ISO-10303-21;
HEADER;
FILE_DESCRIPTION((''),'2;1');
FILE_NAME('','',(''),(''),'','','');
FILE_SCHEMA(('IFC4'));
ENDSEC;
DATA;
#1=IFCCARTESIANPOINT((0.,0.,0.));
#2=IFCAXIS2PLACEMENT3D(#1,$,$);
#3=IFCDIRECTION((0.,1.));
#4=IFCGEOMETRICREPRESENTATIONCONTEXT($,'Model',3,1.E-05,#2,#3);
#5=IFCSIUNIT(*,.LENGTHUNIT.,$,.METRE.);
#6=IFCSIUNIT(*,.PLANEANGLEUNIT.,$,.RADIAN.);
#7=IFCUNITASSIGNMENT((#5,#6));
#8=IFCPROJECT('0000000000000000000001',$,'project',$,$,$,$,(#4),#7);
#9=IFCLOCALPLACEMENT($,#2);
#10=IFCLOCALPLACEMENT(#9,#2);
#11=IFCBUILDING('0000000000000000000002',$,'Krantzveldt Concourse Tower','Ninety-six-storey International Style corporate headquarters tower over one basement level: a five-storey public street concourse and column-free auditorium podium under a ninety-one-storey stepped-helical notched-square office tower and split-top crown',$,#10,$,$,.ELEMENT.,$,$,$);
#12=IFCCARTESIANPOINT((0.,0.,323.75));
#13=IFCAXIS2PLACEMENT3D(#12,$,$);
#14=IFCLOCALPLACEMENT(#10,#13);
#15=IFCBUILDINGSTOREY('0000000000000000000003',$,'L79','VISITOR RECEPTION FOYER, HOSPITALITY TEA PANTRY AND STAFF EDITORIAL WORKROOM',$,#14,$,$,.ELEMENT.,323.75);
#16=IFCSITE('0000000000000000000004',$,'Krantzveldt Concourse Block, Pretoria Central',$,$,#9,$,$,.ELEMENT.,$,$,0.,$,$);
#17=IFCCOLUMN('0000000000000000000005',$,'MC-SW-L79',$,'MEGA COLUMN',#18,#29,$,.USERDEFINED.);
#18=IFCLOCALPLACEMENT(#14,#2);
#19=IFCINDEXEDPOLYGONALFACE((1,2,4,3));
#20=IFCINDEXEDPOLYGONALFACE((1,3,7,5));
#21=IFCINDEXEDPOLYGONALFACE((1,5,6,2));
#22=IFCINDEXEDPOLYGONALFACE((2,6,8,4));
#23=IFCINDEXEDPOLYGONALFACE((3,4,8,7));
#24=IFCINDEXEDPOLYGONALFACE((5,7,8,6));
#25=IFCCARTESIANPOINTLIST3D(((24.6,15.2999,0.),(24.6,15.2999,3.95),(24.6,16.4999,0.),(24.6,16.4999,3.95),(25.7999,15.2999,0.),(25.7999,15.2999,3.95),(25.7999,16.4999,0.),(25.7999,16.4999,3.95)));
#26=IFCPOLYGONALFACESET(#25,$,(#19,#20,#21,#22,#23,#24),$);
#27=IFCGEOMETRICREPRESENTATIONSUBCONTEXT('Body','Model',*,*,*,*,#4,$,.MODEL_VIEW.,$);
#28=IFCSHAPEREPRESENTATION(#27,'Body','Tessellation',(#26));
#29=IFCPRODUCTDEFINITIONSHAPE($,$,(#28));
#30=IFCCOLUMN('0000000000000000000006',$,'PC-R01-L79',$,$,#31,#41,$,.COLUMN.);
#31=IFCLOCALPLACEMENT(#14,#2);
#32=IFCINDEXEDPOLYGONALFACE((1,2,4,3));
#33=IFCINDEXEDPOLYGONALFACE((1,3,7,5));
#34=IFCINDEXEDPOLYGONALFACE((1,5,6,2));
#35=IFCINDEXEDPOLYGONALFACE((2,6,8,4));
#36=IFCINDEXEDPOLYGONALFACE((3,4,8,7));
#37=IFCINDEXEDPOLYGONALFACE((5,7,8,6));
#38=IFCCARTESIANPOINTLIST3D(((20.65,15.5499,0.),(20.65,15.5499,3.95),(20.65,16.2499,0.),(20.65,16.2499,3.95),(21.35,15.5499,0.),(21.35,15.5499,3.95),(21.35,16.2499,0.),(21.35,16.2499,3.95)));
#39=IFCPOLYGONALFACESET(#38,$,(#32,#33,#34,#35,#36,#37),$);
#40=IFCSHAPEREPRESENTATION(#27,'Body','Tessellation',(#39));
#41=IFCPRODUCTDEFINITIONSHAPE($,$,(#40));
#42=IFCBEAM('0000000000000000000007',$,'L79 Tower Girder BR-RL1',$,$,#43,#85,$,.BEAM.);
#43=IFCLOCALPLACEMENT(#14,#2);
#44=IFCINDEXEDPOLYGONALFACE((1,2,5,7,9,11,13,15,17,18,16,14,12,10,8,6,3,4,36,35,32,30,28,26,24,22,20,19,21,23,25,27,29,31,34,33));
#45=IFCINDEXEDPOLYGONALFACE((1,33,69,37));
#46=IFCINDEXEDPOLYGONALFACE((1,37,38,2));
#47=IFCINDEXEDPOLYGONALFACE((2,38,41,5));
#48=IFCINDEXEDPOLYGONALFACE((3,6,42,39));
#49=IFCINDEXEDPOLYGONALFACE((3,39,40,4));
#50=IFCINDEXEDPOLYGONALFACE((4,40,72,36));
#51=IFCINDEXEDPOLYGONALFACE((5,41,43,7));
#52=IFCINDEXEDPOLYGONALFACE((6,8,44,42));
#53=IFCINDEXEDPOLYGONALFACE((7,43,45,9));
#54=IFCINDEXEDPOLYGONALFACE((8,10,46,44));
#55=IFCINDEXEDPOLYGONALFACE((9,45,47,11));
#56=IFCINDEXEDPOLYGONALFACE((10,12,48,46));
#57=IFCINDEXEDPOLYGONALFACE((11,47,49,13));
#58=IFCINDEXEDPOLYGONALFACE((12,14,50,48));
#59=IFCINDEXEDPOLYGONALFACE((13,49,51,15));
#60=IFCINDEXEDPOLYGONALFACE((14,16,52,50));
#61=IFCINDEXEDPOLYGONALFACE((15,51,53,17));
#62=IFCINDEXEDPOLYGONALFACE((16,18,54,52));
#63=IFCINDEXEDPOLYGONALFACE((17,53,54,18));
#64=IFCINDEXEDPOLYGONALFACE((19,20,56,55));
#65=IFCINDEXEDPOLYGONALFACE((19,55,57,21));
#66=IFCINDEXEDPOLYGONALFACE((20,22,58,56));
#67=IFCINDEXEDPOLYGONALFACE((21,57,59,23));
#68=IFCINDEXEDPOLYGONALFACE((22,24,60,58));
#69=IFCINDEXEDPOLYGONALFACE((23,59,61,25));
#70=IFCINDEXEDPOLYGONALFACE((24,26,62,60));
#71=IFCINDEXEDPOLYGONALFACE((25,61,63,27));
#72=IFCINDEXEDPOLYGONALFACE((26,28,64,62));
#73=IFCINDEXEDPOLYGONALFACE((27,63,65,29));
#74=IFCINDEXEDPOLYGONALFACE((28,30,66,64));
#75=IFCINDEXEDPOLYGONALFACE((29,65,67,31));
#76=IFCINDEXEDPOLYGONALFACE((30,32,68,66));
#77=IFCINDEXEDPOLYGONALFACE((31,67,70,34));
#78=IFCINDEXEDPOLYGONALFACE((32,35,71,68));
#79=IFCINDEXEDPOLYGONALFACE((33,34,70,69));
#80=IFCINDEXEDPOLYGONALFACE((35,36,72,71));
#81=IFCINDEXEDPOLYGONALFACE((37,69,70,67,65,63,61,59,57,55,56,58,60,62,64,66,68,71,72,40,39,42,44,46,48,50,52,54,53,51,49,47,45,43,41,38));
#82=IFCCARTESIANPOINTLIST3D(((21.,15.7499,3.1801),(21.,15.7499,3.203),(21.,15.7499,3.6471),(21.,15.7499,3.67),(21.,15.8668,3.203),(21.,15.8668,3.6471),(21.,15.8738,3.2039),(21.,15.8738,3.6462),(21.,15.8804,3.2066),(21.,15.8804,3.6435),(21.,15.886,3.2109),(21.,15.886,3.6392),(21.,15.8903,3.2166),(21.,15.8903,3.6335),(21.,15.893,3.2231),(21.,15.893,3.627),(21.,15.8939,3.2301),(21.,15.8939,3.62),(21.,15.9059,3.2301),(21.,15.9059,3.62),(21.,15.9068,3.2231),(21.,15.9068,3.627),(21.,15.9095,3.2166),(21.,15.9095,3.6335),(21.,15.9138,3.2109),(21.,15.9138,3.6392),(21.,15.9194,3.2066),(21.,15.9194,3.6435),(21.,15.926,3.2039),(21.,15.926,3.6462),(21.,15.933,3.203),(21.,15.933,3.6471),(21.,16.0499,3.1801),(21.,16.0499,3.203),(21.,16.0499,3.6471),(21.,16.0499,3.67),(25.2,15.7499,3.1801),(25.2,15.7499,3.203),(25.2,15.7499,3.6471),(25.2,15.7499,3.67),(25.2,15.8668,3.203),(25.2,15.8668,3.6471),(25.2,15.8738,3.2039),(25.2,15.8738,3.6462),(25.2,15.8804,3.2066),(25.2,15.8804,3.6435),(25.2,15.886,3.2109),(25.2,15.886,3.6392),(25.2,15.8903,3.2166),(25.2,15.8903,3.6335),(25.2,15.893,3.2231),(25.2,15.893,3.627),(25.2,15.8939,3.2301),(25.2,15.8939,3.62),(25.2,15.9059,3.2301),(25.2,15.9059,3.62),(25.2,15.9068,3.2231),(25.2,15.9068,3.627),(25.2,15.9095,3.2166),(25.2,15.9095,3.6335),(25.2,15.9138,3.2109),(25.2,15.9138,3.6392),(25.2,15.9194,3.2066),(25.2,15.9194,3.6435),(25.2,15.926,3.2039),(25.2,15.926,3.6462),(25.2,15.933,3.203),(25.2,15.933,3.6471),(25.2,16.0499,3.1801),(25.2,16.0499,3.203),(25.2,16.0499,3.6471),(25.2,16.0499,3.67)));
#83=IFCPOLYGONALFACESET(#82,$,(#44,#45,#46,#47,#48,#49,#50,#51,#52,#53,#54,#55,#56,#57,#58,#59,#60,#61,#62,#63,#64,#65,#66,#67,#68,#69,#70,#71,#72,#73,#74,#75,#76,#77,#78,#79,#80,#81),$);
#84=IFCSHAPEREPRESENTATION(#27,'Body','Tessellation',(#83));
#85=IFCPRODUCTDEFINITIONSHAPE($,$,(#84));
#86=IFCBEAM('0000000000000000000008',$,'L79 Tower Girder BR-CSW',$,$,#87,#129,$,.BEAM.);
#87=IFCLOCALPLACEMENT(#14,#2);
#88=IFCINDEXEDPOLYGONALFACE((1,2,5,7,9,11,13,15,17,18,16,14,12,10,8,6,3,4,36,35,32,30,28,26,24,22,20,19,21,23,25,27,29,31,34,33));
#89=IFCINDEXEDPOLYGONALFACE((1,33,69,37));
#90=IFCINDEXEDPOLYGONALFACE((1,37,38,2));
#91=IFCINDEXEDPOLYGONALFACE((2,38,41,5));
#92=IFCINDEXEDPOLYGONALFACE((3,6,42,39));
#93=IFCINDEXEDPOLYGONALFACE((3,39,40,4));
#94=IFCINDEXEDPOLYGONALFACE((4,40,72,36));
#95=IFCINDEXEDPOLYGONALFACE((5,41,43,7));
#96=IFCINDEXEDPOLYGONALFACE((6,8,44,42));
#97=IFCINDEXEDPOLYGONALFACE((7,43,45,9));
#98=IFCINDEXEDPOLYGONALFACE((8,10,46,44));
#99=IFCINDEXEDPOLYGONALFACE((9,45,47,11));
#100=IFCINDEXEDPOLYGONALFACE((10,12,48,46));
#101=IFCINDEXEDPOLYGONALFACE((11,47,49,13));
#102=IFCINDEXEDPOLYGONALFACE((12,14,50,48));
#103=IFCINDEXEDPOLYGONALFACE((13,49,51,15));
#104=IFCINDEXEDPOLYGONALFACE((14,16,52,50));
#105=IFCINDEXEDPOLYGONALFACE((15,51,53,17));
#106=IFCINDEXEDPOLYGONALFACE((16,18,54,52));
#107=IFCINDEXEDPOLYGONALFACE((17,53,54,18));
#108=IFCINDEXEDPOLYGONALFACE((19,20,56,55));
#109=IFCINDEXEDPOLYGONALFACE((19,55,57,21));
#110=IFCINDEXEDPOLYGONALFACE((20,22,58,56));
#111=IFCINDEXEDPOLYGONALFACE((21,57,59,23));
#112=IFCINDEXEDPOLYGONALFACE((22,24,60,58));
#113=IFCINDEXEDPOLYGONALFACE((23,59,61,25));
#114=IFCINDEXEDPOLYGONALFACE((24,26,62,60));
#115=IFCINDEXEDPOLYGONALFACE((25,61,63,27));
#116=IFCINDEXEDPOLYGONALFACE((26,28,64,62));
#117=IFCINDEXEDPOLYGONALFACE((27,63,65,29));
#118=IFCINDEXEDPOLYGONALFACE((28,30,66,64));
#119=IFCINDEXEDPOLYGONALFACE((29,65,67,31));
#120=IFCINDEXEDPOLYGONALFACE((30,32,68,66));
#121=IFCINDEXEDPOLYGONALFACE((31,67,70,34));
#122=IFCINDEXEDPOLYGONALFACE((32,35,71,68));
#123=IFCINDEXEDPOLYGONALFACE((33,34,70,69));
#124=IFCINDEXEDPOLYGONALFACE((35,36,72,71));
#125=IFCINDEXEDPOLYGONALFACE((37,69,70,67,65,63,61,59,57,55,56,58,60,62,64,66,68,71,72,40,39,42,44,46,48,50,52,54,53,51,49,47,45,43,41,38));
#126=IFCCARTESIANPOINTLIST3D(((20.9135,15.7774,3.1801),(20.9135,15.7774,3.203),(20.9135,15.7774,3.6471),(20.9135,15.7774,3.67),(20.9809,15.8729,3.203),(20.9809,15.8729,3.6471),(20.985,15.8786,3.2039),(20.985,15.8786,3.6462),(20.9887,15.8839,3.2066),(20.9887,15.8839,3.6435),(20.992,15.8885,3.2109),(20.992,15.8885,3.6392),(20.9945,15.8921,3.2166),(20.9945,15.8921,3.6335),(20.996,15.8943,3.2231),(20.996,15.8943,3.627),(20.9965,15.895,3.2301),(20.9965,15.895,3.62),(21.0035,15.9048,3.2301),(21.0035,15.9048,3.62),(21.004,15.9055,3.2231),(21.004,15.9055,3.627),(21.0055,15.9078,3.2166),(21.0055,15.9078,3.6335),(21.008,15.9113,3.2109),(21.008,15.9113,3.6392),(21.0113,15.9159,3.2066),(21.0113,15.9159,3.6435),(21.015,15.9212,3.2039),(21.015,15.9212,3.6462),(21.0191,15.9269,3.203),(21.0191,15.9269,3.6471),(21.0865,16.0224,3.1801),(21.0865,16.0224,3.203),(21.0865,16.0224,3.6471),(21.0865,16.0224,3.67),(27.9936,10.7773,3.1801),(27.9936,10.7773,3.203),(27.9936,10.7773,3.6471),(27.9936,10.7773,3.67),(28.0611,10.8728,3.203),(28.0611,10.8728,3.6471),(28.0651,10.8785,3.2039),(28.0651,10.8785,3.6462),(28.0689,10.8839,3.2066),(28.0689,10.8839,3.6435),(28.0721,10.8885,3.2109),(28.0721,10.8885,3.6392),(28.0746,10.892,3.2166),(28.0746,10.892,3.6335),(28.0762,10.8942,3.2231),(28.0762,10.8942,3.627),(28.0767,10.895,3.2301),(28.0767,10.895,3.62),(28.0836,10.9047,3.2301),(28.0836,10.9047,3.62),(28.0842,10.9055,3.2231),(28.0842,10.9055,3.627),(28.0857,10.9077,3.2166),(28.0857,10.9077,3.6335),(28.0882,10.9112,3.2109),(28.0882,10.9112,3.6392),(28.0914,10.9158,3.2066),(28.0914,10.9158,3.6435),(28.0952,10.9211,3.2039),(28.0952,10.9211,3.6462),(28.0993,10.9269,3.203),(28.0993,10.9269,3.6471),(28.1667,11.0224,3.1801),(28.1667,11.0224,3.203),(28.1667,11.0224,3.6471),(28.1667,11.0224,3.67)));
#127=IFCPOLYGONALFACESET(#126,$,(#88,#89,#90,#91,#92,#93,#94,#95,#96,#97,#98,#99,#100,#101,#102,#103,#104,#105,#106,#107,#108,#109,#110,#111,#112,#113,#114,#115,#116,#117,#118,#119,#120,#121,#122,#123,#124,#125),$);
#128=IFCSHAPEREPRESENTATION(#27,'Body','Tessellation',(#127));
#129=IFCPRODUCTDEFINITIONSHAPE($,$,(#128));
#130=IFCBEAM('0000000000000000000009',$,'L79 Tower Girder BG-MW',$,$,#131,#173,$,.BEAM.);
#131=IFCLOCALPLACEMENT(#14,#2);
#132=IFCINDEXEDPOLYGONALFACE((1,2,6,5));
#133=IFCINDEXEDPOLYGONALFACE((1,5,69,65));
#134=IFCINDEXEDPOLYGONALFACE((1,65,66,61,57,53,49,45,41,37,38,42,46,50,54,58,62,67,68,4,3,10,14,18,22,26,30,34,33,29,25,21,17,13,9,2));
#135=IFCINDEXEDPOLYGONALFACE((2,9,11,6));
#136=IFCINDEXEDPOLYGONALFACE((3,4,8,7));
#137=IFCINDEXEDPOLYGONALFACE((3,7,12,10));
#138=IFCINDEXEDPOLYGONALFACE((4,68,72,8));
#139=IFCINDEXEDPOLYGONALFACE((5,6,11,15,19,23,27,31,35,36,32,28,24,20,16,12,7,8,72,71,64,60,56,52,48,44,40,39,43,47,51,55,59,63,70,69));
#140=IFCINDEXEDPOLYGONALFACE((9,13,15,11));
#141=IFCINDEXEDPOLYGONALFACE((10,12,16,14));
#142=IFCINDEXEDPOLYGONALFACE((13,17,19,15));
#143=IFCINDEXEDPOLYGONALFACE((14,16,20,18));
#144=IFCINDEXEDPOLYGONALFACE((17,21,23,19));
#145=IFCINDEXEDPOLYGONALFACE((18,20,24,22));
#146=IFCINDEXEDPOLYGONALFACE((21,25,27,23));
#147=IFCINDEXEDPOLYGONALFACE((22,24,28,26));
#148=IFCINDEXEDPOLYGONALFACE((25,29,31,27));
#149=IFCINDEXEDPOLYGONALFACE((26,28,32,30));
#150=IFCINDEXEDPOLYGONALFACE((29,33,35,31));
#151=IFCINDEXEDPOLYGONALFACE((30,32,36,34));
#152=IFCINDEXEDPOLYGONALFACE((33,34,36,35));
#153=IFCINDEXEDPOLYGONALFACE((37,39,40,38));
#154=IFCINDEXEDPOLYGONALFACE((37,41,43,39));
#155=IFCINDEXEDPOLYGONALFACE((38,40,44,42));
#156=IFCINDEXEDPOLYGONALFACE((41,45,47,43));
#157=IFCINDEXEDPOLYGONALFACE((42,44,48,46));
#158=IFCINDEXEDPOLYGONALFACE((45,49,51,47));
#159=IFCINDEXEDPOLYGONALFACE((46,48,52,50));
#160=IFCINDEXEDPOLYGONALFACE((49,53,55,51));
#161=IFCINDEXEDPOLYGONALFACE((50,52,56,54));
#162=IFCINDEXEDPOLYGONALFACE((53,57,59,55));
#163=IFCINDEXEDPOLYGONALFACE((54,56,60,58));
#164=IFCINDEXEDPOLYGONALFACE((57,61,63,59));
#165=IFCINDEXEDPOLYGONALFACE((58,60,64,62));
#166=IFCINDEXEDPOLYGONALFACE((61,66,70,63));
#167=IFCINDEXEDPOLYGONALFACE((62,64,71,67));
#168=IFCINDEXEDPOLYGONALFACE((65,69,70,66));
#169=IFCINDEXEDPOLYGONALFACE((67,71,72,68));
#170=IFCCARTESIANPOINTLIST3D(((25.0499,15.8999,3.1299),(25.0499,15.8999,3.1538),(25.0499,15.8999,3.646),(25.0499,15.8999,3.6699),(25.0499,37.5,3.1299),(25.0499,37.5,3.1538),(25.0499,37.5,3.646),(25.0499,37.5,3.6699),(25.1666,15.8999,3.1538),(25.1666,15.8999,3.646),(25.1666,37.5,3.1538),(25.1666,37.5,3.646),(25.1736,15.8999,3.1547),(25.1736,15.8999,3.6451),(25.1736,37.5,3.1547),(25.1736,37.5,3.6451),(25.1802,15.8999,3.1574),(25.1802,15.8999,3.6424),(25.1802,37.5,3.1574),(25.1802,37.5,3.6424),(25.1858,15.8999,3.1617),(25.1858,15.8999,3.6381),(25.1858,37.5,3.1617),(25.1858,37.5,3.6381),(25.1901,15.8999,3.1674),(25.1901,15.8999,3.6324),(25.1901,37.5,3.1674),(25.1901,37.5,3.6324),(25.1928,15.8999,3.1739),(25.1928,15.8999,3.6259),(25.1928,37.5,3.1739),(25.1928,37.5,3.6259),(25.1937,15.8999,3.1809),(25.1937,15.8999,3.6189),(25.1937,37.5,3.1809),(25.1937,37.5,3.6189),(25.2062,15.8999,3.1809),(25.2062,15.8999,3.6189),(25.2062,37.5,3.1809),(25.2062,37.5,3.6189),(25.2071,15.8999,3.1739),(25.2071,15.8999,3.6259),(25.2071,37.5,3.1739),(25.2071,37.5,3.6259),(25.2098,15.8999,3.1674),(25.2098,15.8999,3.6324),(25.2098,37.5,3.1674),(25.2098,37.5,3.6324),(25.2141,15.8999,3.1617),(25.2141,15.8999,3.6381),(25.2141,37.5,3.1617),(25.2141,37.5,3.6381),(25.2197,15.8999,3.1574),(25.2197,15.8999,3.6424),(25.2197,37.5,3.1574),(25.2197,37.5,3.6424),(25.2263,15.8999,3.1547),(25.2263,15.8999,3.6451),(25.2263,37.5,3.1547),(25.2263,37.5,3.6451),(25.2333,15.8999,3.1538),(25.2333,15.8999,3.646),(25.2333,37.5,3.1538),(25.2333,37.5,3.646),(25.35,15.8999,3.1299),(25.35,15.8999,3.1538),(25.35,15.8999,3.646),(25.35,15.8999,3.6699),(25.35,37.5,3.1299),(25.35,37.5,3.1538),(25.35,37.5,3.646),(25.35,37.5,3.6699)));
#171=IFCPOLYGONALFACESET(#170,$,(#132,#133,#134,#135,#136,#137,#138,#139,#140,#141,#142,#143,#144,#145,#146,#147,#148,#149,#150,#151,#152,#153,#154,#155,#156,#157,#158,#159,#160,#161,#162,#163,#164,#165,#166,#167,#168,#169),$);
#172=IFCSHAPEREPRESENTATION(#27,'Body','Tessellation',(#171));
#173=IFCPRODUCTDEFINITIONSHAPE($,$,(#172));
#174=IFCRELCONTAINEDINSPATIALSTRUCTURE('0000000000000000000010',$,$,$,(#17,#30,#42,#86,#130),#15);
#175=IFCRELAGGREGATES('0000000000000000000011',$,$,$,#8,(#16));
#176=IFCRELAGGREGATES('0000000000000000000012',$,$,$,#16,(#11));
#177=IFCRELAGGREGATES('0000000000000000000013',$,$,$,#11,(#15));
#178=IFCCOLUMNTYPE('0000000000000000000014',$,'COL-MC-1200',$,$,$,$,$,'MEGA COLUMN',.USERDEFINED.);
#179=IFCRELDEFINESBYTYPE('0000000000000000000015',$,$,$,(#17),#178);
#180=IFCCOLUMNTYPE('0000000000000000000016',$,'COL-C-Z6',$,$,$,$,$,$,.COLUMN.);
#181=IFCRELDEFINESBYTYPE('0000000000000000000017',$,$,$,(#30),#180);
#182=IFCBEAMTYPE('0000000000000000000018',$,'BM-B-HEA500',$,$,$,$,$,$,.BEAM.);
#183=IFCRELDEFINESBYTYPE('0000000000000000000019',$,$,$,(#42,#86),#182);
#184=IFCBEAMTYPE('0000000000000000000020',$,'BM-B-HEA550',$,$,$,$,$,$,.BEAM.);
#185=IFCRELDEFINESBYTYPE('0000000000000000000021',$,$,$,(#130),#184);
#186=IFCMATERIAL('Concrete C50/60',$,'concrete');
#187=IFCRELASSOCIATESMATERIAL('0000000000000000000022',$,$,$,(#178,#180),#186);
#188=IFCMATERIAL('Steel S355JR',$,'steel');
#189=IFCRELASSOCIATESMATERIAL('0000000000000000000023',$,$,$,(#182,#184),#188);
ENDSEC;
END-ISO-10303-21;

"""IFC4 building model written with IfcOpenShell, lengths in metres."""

from ifc_helpers import new_model, si_unit, direction, frame, origin, origin_2d, place, context, subcontext, project, spatial, rectangle, i_section, extrude, source, transform, mapped, material, material_profile, profile_set, type_object, type_shapes, element, save


model = new_model("IFC4")

# Units and contexts
model_context = context("Model", 3, precision=1e-05, world=origin(), true_north=direction((0.0, 1.0)))
body_context = subcontext(model_context, "Body", "Model", "MODEL_VIEW")
ifc_project = project(units=[si_unit("LENGTHUNIT", "METRE"), si_unit("PLANEANGLEUNIT", "RADIAN")], contexts=[model_context])

# Site, building, storey
site_placement = place(None, origin())
site = spatial("IfcSite", under=ifc_project, at=site_placement, Name="Krantzveldt Concourse Block, Pretoria Central", CompositionType="ELEMENT", RefElevation=0.0)
building_placement = place(site_placement, origin())
building = spatial("IfcBuilding", under=site, at=building_placement, Name="Krantzveldt Concourse Tower", Description="Ninety-six-storey International Style corporate headquarters tower over one basement level: a five-storey public street concourse and column-free auditorium podium under a ninety-one-storey stepped-helical notched-square office tower and split-top crown", CompositionType="ELEMENT")
storey_placement = place(building_placement, frame((0.0, 0.0, 323.75)))
storey = spatial("IfcBuildingStorey", under=building, at=storey_placement, Name="L79", Description="VISITOR RECEPTION FOYER, HOSPITALITY TEA PANTRY AND STAFF EDITORIAL WORKROOM", CompositionType="ELEMENT", Elevation=323.75)

# Columns
ifc_material_1 = material(Name="Concrete C50/60", Category="concrete")
ifc_material_profile_1 = material_profile(ifc_material_1, rectangle(XDim=1.2, YDim=1.2, at=origin_2d()), Name="Concrete C50/60", Category="concrete")
ifc_profile_set_1 = profile_set([ifc_material_profile_1], Name="Concrete C50/60 - RC 1200x1200")
column_type_1 = type_object("IfcColumnType", Name="COL-MC-1200", ElementType="MEGA COLUMN", PredefinedType="USERDEFINED", material=ifc_profile_set_1)
shared_shape_1 = source(origin(), body_context, "Body", "SweptSolid", [
    extrude(rectangle(XDim=1.2, YDim=1.2, at=origin_2d()), origin(), (0.0, 0.0, 1.0), 3.95),
])
type_shapes(column_type_1, [shared_shape_1])
column_1_placement = place(storey_placement, frame((25.2, 15.8999, 0.0), z_axis=(0.0, 0.0, 1.0), x_axis=(1.0, 0.0, 0.0)))
element("IfcColumn", 1, at=column_1_placement, inside=storey, type_object=column_type_1, Name="MC-SW-L79", ObjectType="MEGA COLUMN", PredefinedType="USERDEFINED", context=body_context, shape_type="MappedRepresentation", body=[
    mapped(shared_shape_1, transform((0.0, 0.0, 0.0), x_axis=(1.0, 0.0, 0.0), y_axis=(0.0, 1.0, 0.0), z_axis=(0.0, 0.0, 1.0), scale=1.0)),
])
ifc_material_profile_2 = material_profile(ifc_material_1, rectangle(XDim=0.7, YDim=0.7, at=origin_2d()), Name="Concrete C50/60", Category="concrete")
ifc_profile_set_2 = profile_set([ifc_material_profile_2], Name="Concrete C50/60 - RC 700x700")
column_type_2 = type_object("IfcColumnType", Name="COL-C-Z6", PredefinedType="COLUMN", material=ifc_profile_set_2)
shared_shape_2 = source(origin(), body_context, "Body", "SweptSolid", [
    extrude(rectangle(XDim=0.7, YDim=0.7, at=origin_2d()), origin(), (0.0, 0.0, 1.0), 3.95),
])
type_shapes(column_type_2, [shared_shape_2])
column_2_placement = place(storey_placement, frame((21.0, 15.8999, 0.0), z_axis=(0.0, 0.0, 1.0), x_axis=(1.0, 0.0, 0.0)))
element("IfcColumn", 2, at=column_2_placement, inside=storey, type_object=column_type_2, Name="PC-R01-L79", PredefinedType="COLUMN", context=body_context, shape_type="MappedRepresentation", body=[
    mapped(shared_shape_2, transform((0.0, 0.0, 0.0), x_axis=(1.0, 0.0, 0.0), y_axis=(0.0, 1.0, 0.0), z_axis=(0.0, 0.0, 1.0), scale=1.0)),
])

# Beams
ifc_material_2 = material(Name="Steel S355JR", Category="steel")
ifc_material_profile_3 = material_profile(ifc_material_2, i_section(OverallWidth=0.3, OverallDepth=0.49, WebThickness=0.012, FlangeThickness=0.0229, FilletRadius=0.0271, at=origin_2d()), Name="Steel S355JR", Category="steel")
ifc_profile_set_3 = profile_set([ifc_material_profile_3], Name="Steel S355JR - HEA 500")
beam_type_1 = type_object("IfcBeamType", Name="BM-B-HEA500", PredefinedType="BEAM", material=ifc_profile_set_3)
shared_shape_3 = source(origin(), body_context, "Body", "SweptSolid", [
    extrude(i_section(OverallWidth=0.3, OverallDepth=0.49, WebThickness=0.012, FlangeThickness=0.0229, FilletRadius=0.0271, at=origin_2d()), origin(), (0.0, 0.0, 1.0), 4.2),
])
beam_1_placement = place(storey_placement, frame((21.0, 15.8999, 3.425), z_axis=(1.0, 0.0, 0.0), x_axis=(0.0, 1.0, 0.0)))
element("IfcBeam", 3, at=beam_1_placement, inside=storey, type_object=beam_type_1, Name="L79 Tower Girder BR-RL1", PredefinedType="BEAM", context=body_context, shape_type="MappedRepresentation", body=[
    mapped(shared_shape_3, transform((0.0, 0.0, 0.0), x_axis=(1.0, 0.0, 0.0), y_axis=(0.0, 1.0, 0.0), z_axis=(0.0, 0.0, 1.0), scale=1.0)),
])
shared_shape_4 = source(origin(), body_context, "Body", "SweptSolid", [
    extrude(i_section(OverallWidth=0.3, OverallDepth=0.49, WebThickness=0.012, FlangeThickness=0.0229, FilletRadius=0.0271, at=origin_2d()), origin(), (0.0, 0.0, 1.0), 8.6677),
])
type_shapes(beam_type_1, [shared_shape_3, shared_shape_4])
beam_2_placement = place(storey_placement, frame((21.0, 15.8999, 3.425), z_axis=(0.816843, -0.57686, 0.0), x_axis=(0.57686, 0.816843, 0.0)))
element("IfcBeam", 4, at=beam_2_placement, inside=storey, type_object=beam_type_1, Name="L79 Tower Girder BR-CSW", PredefinedType="BEAM", context=body_context, shape_type="MappedRepresentation", body=[
    mapped(shared_shape_4, transform((0.0, 0.0, 0.0), x_axis=(1.0, 0.0, 0.0), y_axis=(0.0, 1.0, 0.0), z_axis=(0.0, 0.0, 1.0), scale=1.0)),
])
ifc_material_profile_4 = material_profile(ifc_material_2, i_section(OverallWidth=0.3, OverallDepth=0.54, WebThickness=0.0125, FlangeThickness=0.0239, FilletRadius=0.0271, at=origin_2d()), Name="Steel S355JR", Category="steel")
ifc_profile_set_4 = profile_set([ifc_material_profile_4], Name="Steel S355JR - HEA 550")
beam_type_2 = type_object("IfcBeamType", Name="BM-B-HEA550", PredefinedType="BEAM", material=ifc_profile_set_4)
shared_shape_5 = source(origin(), body_context, "Body", "SweptSolid", [
    extrude(i_section(OverallWidth=0.3, OverallDepth=0.54, WebThickness=0.0125, FlangeThickness=0.0239, FilletRadius=0.0271, at=origin_2d()), origin(), (0.0, 0.0, 1.0), 21.6001),
])
type_shapes(beam_type_2, [shared_shape_5])
beam_3_placement = place(storey_placement, frame((25.2, 15.8999, 3.3999), z_axis=(0.0, 1.0, 0.0), x_axis=(-1.0, 0.0, 0.0)))
element("IfcBeam", 5, at=beam_3_placement, inside=storey, type_object=beam_type_2, Name="L79 Tower Girder BG-MW", PredefinedType="BEAM", context=body_context, shape_type="MappedRepresentation", body=[
    mapped(shared_shape_5, transform((0.0, 0.0, 0.0), x_axis=(1.0, 0.0, 0.0), y_axis=(0.0, 1.0, 0.0), z_axis=(0.0, 0.0, 1.0), scale=1.0)),
])

save(model, "model.ifc")
